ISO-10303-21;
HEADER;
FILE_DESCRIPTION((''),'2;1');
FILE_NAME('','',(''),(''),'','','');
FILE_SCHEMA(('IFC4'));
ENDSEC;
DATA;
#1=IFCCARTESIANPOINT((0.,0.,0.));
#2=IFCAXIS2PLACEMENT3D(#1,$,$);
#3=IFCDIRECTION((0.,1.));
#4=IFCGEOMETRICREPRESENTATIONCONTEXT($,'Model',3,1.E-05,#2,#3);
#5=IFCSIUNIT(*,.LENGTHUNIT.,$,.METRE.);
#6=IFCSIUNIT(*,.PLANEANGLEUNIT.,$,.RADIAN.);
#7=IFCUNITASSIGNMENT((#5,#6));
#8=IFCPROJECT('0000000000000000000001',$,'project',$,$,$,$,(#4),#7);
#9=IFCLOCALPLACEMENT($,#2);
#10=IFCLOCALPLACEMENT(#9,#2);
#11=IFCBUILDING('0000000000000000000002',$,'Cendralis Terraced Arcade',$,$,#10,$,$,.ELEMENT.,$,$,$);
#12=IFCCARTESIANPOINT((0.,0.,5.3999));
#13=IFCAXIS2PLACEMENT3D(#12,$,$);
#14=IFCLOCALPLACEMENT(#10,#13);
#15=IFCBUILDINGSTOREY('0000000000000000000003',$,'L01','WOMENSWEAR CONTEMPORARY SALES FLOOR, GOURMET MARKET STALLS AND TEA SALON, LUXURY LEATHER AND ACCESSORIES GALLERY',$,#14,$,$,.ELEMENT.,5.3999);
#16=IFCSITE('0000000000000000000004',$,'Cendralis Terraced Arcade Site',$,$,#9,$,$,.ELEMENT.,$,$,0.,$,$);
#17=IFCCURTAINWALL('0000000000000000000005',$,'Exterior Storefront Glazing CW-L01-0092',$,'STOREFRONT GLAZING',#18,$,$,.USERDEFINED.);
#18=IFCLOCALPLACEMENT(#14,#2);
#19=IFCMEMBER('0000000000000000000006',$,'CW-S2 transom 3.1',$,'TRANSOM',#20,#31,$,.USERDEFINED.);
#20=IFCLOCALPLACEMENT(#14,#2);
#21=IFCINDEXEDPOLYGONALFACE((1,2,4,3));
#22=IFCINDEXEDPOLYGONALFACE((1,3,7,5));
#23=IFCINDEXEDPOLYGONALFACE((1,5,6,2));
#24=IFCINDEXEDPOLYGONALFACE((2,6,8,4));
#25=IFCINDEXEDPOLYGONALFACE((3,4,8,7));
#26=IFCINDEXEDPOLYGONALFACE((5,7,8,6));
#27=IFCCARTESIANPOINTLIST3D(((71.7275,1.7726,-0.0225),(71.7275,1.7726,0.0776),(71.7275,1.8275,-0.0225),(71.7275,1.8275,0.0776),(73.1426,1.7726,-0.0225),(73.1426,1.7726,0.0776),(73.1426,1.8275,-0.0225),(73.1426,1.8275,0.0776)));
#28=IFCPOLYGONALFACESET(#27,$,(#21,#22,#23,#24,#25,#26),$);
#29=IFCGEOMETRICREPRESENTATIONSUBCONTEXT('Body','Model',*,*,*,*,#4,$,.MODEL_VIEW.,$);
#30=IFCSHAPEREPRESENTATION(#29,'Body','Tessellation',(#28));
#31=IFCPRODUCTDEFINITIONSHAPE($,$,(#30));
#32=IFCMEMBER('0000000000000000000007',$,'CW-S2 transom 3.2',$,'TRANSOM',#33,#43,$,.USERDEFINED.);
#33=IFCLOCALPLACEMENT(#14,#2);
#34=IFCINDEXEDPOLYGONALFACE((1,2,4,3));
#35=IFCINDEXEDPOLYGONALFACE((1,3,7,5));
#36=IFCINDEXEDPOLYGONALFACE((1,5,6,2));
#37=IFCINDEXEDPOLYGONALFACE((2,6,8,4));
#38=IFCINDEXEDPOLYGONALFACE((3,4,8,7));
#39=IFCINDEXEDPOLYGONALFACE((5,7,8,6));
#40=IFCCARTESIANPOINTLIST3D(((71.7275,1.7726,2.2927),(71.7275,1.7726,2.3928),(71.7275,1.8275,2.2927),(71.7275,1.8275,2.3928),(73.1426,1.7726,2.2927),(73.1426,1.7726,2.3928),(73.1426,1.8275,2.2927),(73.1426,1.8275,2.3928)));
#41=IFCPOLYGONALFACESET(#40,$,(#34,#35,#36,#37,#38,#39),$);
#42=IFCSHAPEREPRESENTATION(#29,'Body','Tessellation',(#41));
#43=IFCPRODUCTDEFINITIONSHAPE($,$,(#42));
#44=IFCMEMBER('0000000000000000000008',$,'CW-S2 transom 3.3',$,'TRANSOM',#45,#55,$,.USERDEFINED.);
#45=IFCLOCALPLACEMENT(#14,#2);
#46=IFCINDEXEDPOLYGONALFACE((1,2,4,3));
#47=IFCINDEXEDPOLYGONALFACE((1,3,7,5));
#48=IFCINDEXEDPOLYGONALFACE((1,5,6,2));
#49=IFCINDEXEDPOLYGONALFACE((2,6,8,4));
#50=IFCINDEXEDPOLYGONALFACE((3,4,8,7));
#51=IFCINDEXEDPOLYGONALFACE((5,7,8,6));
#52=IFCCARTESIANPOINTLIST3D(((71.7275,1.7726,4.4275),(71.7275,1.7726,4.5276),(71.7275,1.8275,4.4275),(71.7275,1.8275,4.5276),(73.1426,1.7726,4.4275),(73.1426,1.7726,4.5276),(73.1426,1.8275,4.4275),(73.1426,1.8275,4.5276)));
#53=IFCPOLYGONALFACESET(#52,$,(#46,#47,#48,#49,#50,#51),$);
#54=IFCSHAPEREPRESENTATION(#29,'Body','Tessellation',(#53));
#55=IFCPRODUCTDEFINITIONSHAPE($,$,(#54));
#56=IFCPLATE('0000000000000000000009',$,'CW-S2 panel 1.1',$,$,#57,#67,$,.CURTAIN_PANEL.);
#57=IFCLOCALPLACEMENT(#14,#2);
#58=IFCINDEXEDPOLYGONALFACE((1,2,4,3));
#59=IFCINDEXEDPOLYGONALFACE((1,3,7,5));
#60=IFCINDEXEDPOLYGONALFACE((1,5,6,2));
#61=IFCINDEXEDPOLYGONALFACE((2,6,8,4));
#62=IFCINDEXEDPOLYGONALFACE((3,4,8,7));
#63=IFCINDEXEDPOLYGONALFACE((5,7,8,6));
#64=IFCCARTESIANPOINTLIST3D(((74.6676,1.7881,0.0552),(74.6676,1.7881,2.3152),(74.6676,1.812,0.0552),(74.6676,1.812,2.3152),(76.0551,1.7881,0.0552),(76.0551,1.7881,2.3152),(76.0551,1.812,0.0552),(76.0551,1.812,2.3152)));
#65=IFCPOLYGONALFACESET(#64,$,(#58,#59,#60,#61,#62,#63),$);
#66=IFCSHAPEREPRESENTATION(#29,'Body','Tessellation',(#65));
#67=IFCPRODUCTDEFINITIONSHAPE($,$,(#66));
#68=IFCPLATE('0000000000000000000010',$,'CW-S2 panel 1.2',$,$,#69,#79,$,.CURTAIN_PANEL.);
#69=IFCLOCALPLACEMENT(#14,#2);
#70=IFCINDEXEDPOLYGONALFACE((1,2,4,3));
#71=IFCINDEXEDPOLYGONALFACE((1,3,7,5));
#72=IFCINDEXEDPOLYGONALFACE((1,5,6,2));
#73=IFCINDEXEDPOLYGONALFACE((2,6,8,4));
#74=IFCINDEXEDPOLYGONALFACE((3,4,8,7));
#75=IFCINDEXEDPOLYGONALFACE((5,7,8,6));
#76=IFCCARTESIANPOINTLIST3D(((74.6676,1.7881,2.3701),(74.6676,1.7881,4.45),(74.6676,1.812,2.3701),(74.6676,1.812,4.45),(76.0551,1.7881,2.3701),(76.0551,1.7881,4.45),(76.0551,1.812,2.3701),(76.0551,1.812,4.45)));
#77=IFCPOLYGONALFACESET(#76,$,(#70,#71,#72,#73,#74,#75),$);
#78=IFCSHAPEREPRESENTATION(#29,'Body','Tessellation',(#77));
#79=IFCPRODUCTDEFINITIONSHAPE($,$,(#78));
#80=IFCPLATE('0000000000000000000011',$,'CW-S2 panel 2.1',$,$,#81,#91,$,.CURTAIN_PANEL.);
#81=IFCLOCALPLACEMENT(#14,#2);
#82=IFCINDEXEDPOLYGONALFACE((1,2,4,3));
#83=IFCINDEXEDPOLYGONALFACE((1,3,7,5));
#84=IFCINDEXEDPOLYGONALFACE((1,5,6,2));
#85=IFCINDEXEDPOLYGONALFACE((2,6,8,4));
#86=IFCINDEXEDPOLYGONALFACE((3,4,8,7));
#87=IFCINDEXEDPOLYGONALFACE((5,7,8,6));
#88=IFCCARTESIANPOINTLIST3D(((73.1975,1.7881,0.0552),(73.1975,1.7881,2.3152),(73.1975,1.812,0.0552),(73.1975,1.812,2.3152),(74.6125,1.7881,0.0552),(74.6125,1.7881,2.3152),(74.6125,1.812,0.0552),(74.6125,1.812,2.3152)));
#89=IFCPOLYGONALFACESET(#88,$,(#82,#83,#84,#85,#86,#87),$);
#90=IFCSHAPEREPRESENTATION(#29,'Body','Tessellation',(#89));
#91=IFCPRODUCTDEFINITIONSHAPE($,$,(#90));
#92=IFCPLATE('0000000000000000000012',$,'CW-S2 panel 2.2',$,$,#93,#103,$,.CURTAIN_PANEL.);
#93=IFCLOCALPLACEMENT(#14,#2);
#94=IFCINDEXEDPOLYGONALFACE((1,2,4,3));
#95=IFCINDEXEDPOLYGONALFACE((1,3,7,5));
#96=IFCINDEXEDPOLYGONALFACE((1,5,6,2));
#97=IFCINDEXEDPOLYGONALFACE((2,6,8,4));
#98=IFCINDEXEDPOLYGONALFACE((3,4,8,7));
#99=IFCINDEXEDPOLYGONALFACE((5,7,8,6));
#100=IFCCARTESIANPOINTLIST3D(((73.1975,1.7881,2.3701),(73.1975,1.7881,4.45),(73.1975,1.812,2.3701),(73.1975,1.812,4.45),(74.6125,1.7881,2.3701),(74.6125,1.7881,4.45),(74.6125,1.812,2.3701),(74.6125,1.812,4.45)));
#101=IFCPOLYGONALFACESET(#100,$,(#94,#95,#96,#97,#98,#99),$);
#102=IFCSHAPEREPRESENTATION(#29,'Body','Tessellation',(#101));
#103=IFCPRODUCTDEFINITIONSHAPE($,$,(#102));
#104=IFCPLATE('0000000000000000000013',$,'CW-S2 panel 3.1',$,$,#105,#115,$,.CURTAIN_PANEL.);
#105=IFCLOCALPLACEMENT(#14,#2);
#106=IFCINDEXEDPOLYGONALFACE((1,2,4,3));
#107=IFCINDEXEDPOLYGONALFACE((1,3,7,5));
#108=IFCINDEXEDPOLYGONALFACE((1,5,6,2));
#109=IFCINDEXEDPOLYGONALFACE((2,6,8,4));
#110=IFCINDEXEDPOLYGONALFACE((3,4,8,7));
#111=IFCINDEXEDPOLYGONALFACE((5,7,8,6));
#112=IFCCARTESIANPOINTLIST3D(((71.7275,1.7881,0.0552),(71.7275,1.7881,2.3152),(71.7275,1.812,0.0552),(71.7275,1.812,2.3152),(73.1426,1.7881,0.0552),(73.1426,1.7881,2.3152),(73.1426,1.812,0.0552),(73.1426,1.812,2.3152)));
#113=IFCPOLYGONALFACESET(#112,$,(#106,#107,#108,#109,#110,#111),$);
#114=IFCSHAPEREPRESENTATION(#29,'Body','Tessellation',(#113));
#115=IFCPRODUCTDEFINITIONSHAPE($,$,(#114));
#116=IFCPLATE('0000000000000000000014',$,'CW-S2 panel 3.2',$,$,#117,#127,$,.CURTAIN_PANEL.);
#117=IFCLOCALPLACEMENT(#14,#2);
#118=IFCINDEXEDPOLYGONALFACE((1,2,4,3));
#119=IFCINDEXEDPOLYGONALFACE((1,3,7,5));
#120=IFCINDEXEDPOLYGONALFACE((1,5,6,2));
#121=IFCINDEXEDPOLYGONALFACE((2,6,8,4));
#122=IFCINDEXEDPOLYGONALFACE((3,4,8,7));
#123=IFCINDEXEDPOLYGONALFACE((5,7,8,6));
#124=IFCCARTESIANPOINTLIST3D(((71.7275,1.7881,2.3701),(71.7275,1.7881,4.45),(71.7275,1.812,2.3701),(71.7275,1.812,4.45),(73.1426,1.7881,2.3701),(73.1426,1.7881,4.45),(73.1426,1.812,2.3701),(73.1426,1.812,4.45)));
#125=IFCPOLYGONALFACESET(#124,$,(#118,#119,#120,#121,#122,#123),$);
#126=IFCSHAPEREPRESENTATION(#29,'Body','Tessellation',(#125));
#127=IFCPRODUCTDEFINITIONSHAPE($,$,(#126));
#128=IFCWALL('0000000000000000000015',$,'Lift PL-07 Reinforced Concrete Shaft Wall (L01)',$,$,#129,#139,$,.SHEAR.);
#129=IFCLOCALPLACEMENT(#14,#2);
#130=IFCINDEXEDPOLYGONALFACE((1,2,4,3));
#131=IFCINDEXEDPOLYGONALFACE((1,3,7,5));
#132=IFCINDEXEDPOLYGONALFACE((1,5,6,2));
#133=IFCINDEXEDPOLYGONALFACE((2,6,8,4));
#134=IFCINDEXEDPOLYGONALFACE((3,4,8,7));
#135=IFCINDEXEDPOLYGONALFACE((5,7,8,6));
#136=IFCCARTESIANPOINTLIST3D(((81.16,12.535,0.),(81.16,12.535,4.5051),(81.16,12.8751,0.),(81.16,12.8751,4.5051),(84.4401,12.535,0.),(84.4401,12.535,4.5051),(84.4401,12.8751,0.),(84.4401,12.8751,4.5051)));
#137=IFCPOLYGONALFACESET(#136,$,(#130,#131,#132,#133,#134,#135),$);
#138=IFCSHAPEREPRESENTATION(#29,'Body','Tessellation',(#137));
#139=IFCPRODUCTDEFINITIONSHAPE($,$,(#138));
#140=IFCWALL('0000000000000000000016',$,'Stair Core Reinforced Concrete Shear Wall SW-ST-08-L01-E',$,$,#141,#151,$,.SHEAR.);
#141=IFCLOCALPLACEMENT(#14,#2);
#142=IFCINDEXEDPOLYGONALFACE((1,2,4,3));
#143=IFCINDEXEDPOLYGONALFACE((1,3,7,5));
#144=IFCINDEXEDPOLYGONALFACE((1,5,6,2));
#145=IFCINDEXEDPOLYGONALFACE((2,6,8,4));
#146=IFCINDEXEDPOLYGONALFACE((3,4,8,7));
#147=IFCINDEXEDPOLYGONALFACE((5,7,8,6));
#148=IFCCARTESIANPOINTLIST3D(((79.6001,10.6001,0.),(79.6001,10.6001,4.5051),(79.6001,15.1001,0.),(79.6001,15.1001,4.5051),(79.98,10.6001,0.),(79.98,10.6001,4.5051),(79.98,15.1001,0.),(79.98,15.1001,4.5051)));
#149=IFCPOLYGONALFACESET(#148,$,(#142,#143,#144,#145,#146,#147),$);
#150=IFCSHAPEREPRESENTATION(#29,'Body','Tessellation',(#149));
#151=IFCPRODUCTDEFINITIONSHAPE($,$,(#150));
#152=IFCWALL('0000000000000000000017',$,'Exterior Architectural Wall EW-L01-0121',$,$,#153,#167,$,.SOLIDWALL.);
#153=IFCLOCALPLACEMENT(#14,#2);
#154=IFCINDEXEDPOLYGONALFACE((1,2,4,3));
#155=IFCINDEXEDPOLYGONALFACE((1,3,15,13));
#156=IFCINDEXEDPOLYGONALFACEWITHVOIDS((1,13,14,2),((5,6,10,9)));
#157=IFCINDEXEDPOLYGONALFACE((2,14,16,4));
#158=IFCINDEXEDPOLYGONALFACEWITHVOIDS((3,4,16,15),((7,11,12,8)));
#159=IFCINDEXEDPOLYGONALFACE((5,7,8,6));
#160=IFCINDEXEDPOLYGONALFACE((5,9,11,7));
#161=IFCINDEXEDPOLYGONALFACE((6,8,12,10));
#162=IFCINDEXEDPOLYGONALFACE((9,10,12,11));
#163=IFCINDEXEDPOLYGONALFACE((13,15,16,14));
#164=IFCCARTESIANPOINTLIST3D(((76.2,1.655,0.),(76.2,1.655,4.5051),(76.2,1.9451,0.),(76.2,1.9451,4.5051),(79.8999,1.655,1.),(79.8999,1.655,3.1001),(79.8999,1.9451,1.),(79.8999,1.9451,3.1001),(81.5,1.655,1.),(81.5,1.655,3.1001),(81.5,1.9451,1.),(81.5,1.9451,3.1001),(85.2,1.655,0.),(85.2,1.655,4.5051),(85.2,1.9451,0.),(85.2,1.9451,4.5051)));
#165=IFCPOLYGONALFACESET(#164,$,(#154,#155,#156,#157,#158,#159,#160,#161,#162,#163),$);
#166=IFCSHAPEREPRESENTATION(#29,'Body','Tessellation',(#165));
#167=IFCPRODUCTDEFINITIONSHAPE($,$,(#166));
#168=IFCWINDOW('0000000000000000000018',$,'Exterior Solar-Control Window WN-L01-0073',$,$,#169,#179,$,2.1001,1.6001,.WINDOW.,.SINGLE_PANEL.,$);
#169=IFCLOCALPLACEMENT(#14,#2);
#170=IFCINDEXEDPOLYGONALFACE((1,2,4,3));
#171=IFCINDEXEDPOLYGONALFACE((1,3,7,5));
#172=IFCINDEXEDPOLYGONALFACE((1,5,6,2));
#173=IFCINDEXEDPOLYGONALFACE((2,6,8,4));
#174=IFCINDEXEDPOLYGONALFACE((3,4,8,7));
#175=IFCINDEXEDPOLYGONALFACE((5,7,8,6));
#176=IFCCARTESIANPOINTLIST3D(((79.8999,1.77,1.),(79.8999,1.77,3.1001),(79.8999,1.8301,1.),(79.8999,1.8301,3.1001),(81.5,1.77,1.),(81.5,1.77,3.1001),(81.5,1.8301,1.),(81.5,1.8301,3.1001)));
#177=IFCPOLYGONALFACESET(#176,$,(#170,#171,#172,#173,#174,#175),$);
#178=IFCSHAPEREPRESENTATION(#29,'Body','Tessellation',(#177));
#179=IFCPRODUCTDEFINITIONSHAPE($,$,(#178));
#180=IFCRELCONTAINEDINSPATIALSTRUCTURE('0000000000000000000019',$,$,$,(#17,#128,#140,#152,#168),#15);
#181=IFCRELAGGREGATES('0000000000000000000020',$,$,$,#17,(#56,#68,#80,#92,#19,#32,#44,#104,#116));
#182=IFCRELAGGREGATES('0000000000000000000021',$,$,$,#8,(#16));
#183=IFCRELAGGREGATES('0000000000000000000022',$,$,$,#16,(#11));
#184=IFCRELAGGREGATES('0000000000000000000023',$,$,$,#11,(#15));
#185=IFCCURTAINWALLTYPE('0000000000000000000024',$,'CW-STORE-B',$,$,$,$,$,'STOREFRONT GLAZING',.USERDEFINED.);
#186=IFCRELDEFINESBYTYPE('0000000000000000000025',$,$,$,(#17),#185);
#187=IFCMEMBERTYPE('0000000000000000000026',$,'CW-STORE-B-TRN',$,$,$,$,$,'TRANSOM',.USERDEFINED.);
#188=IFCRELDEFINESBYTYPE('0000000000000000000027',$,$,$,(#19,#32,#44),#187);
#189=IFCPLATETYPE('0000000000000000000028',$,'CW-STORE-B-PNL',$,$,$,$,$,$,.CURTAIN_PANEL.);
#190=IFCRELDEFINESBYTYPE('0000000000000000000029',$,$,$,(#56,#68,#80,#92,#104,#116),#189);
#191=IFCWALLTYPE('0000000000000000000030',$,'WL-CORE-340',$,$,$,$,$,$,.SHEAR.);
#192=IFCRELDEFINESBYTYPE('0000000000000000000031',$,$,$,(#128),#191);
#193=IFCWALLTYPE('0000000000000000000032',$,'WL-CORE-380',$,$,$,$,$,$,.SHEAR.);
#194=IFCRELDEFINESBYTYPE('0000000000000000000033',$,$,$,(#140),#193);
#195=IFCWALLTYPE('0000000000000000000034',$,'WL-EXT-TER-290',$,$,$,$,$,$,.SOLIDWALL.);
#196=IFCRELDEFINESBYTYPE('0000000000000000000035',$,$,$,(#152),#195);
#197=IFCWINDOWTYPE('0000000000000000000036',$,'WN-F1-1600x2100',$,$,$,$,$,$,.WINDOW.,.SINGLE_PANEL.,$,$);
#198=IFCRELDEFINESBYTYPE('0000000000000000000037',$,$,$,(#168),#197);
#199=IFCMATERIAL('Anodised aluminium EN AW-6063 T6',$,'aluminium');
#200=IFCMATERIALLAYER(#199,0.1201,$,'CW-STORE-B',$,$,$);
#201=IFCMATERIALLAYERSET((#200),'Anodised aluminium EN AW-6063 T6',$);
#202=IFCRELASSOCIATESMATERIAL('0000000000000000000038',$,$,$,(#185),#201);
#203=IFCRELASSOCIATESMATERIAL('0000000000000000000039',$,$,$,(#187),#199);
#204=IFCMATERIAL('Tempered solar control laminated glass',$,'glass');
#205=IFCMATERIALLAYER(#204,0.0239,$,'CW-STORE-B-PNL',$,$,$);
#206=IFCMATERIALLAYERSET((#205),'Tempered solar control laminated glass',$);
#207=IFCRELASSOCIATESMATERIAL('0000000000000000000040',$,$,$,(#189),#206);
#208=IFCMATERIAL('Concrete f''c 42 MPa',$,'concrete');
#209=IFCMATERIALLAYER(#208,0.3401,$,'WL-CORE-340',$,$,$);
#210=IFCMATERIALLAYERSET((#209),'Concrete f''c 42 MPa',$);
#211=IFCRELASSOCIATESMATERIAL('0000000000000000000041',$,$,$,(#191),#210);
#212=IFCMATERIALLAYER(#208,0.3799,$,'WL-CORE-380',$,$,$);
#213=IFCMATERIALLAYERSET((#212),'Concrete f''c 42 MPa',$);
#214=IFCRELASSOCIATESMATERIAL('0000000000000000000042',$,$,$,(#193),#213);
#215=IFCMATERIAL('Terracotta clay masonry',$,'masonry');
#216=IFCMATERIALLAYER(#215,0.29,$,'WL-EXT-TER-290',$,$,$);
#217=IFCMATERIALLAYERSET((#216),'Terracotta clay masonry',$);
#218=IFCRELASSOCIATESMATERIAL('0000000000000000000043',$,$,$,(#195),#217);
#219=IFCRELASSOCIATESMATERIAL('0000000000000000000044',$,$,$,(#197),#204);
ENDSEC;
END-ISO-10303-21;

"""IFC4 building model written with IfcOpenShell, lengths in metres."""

from ifc_helpers import new_model, si_unit, direction, frame, frame_2d, origin, origin_2d, place, context, subcontext, project, spatial, rectangle, extrude, material, layer, layer_set, material_profile, profile_set, type_object, element, fill, aggregate, save


model = new_model("IFC4")

# Units and contexts
model_context = context("Model", 3, precision=1e-05, world=origin(), true_north=direction((0.0, 1.0)))
body_context = subcontext(model_context, "Body", "Model", "MODEL_VIEW")
ifc_project = project(units=[si_unit("LENGTHUNIT", "METRE"), si_unit("PLANEANGLEUNIT", "RADIAN")], contexts=[model_context])

# Site, building, storey
site_placement = place(None, origin())
site = spatial("IfcSite", under=ifc_project, at=site_placement, Name="Cendralis Terraced Arcade Site", CompositionType="ELEMENT", RefElevation=0.0)
building_placement = place(site_placement, origin())
building = spatial("IfcBuilding", under=site, at=building_placement, Name="Cendralis Terraced Arcade", CompositionType="ELEMENT")
storey_placement = place(building_placement, frame((0.0, 0.0, 5.3999)))
storey = spatial("IfcBuildingStorey", under=building, at=storey_placement, Name="L01", Description="WOMENSWEAR CONTEMPORARY SALES FLOOR, GOURMET MARKET STALLS AND TEA SALON, LUXURY LEATHER AND ACCESSORIES GALLERY", CompositionType="ELEMENT", Elevation=5.3999)

# Shared definitions
ifc_material_1 = material(Name="Concrete f'c 42 MPa", Category="concrete")

# Shared definitions
ifc_material_2 = material(Name="Anodised aluminium EN AW-6063 T6", Category="aluminium")
ifc_layer_1 = layer(ifc_material_2, 0.1201, Name="CW-STORE-B")
ifc_layer_set_1 = layer_set([ifc_layer_1], Name="Anodised aluminium EN AW-6063 T6")
curtain_wall_type = type_object("IfcCurtainWallType", Name="CW-STORE-B", ElementType="STOREFRONT GLAZING", PredefinedType="USERDEFINED", material=ifc_layer_set_1)

# Curtain wall, members, plates
curtain_wall_1_placement = place(storey_placement, origin())
curtain_wall_1 = element("IfcCurtainWall", 1, at=curtain_wall_1_placement, inside=storey, type_object=curtain_wall_type, Name="Exterior Storefront Glazing CW-L01-0092", ObjectType="STOREFRONT GLAZING", PredefinedType="USERDEFINED")
ifc_material_profile_1 = material_profile(ifc_material_2, rectangle(XDim=0.0549, YDim=0.1001, at=origin_2d()), Name="ALU-TRN-55x100")
ifc_profile_set_1 = profile_set([ifc_material_profile_1], Name="Anodised aluminium EN AW-6063 T6")
member_type_1 = type_object("IfcMemberType", Name="CW-STORE-B-TRN", ElementType="TRANSOM", PredefinedType="USERDEFINED", material=ifc_profile_set_1)
member_1_placement = place(storey_placement, frame((73.1426, 1.8, 0.0276), z_axis=(-1.0, 0.0, 0.0), x_axis=(0.0, -1.0, 0.0)))
member_1 = element("IfcMember", 2, at=member_1_placement, type_object=member_type_1, Name="CW-S2 transom 3.1", ObjectType="TRANSOM", PredefinedType="USERDEFINED", context=body_context, shape_type="SweptSolid", body=[
    extrude(rectangle(XDim=0.0549, YDim=0.1001, at=origin_2d()), origin(), (0.0, 0.0, 1.0), 1.415),
])
member_2_placement = place(storey_placement, frame((73.1426, 1.8, 2.3428), z_axis=(-1.0, 0.0, 0.0), x_axis=(0.0, -1.0, 0.0)))
member_2 = element("IfcMember", 3, at=member_2_placement, type_object=member_type_1, Name="CW-S2 transom 3.2", ObjectType="TRANSOM", PredefinedType="USERDEFINED", context=body_context, shape_type="SweptSolid", body=[
    extrude(rectangle(XDim=0.0549, YDim=0.1001, at=origin_2d()), origin(), (0.0, 0.0, 1.0), 1.415),
])
member_3_placement = place(storey_placement, frame((73.1426, 1.8, 4.4775), z_axis=(-1.0, 0.0, 0.0), x_axis=(0.0, -1.0, 0.0)))
member_3 = element("IfcMember", 4, at=member_3_placement, type_object=member_type_1, Name="CW-S2 transom 3.3", ObjectType="TRANSOM", PredefinedType="USERDEFINED", context=body_context, shape_type="SweptSolid", body=[
    extrude(rectangle(XDim=0.0549, YDim=0.1001, at=origin_2d()), origin(), (0.0, 0.0, 1.0), 1.415),
])
ifc_material_3 = material(Name="Tempered solar control laminated glass", Category="glass")
ifc_layer_2 = layer(ifc_material_3, 0.0239, Name="CW-STORE-B-PNL")
ifc_layer_set_2 = layer_set([ifc_layer_2], Name="Tempered solar control laminated glass")
plate_type = type_object("IfcPlateType", Name="CW-STORE-B-PNL", PredefinedType="CURTAIN_PANEL", material=ifc_layer_set_2)
plate_1_placement = place(storey_placement, frame((75.3613, 1.8, 0.0552), z_axis=(0.0, 0.0, 1.0), x_axis=(-1.0, 0.0, 0.0)))
plate_1 = element("IfcPlate", 5, at=plate_1_placement, type_object=plate_type, Name="CW-S2 panel 1.1", PredefinedType="CURTAIN_PANEL", context=body_context, shape_type="SweptSolid", body=[
    extrude(rectangle(XDim=1.3875, YDim=0.0239, at=origin_2d()), origin(), (0.0, 0.0, 1.0), 2.26),
])
plate_2_placement = place(storey_placement, frame((75.3613, 1.8, 2.3701), z_axis=(0.0, 0.0, 1.0), x_axis=(-1.0, 0.0, 0.0)))
plate_2 = element("IfcPlate", 6, at=plate_2_placement, type_object=plate_type, Name="CW-S2 panel 1.2", PredefinedType="CURTAIN_PANEL", context=body_context, shape_type="SweptSolid", body=[
    extrude(rectangle(XDim=1.3875, YDim=0.0239, at=origin_2d()), origin(), (0.0, 0.0, 1.0), 2.0798),
])
plate_3_placement = place(storey_placement, frame((73.905, 1.8, 0.0552), z_axis=(0.0, 0.0, 1.0), x_axis=(-1.0, 0.0, 0.0)))
plate_3 = element("IfcPlate", 7, at=plate_3_placement, type_object=plate_type, Name="CW-S2 panel 2.1", PredefinedType="CURTAIN_PANEL", context=body_context, shape_type="SweptSolid", body=[
    extrude(rectangle(XDim=1.415, YDim=0.0239, at=origin_2d()), origin(), (0.0, 0.0, 1.0), 2.26),
])
plate_4_placement = place(storey_placement, frame((73.905, 1.8, 2.3701), z_axis=(0.0, 0.0, 1.0), x_axis=(-1.0, 0.0, 0.0)))
plate_4 = element("IfcPlate", 8, at=plate_4_placement, type_object=plate_type, Name="CW-S2 panel 2.2", PredefinedType="CURTAIN_PANEL", context=body_context, shape_type="SweptSolid", body=[
    extrude(rectangle(XDim=1.415, YDim=0.0239, at=origin_2d()), origin(), (0.0, 0.0, 1.0), 2.0798),
])
plate_5_placement = place(storey_placement, frame((72.4351, 1.8, 0.0552), z_axis=(0.0, 0.0, 1.0), x_axis=(-1.0, 0.0, 0.0)))
plate_5 = element("IfcPlate", 9, at=plate_5_placement, type_object=plate_type, Name="CW-S2 panel 3.1", PredefinedType="CURTAIN_PANEL", context=body_context, shape_type="SweptSolid", body=[
    extrude(rectangle(XDim=1.415, YDim=0.0239, at=origin_2d()), origin(), (0.0, 0.0, 1.0), 2.26),
])
plate_6_placement = place(storey_placement, frame((72.4351, 1.8, 2.3701), z_axis=(0.0, 0.0, 1.0), x_axis=(-1.0, 0.0, 0.0)))
plate_6 = element("IfcPlate", 10, at=plate_6_placement, type_object=plate_type, Name="CW-S2 panel 3.2", PredefinedType="CURTAIN_PANEL", context=body_context, shape_type="SweptSolid", body=[
    extrude(rectangle(XDim=1.415, YDim=0.0239, at=origin_2d()), origin(), (0.0, 0.0, 1.0), 2.0798),
])
aggregate(curtain_wall_1, [plate_1, plate_2, plate_3, plate_4, member_1, member_2, member_3, plate_5, plate_6])

# Walls
ifc_layer_3 = layer(ifc_material_1, 0.3401, Name="WL-CORE-340")
ifc_layer_set_3 = layer_set([ifc_layer_3], Name="Concrete f'c 42 MPa")
wall_type_1 = type_object("IfcWallType", Name="WL-CORE-340", PredefinedType="SHEAR", material=ifc_layer_set_3)
wall_1_placement = place(storey_placement, frame((81.1599, 12.7051, 0.0), z_axis=(0.0, 0.0, 1.0), x_axis=(1.0, 0.0, 0.0)))
element("IfcWall", 11, at=wall_1_placement, inside=storey, type_object=wall_type_1, Name="Lift PL-07 Reinforced Concrete Shaft Wall (L01)", PredefinedType="SHEAR", context=body_context, shape_type="SweptSolid", body=[
    extrude(rectangle(XDim=3.28, YDim=0.3401, at=frame_2d((1.6401, 0.0))), origin(), (0.0, 0.0, 1.0), 4.5051),
])
ifc_layer_4 = layer(ifc_material_1, 0.3799, Name="WL-CORE-380")
ifc_layer_set_4 = layer_set([ifc_layer_4], Name="Concrete f'c 42 MPa")
wall_type_2 = type_object("IfcWallType", Name="WL-CORE-380", PredefinedType="SHEAR", material=ifc_layer_set_4)
wall_2_placement = place(storey_placement, frame((79.79, 10.6001, 0.0), z_axis=(0.0, 0.0, 1.0), x_axis=(0.0, 1.0, 0.0)))
element("IfcWall", 12, at=wall_2_placement, inside=storey, type_object=wall_type_2, Name="Stair Core Reinforced Concrete Shear Wall SW-ST-08-L01-E", PredefinedType="SHEAR", context=body_context, shape_type="SweptSolid", body=[
    extrude(rectangle(XDim=4.5, YDim=0.3799, at=frame_2d((2.25, 0.0))), origin(), (0.0, 0.0, 1.0), 4.5051),
])

# Wall, opening, window
ifc_material_4 = material(Name="Terracotta clay masonry", Category="masonry")
ifc_layer_5 = layer(ifc_material_4, 0.29, Name="WL-EXT-TER-290")
ifc_layer_set_5 = layer_set([ifc_layer_5], Name="Terracotta clay masonry")
wall_type_3 = type_object("IfcWallType", Name="WL-EXT-TER-290", PredefinedType="SOLIDWALL", material=ifc_layer_set_5)
wall_3_placement = place(storey_placement, frame((85.2, 1.8, 0.0), z_axis=(0.0, 0.0, 1.0), x_axis=(-1.0, 0.0, 0.0)))
wall_3 = element("IfcWall", 13, at=wall_3_placement, inside=storey, type_object=wall_type_3, Name="Exterior Architectural Wall EW-L01-0121", PredefinedType="SOLIDWALL", context=body_context, shape_type="SweptSolid", body=[
    extrude(rectangle(XDim=9.0, YDim=0.29, at=frame_2d((4.5, 0.0))), origin(), (0.0, 0.0, 1.0), 4.5051),
])
opening_placement = place(wall_3_placement, frame((3.7, 0.0, 1.0)))
opening = element("IfcOpeningElement", 14, at=opening_placement, cuts=wall_3, PredefinedType="OPENING", context=body_context, shape_type="SweptSolid", body=[
    extrude(rectangle(XDim=1.6001, YDim=2.1001, at=frame_2d((0.8, 1.05))), frame((0.0, 0.157, 0.0), z_axis=(0.0, -1.0, 0.0), x_axis=(1.0, 0.0, 0.0)), (0.0, 0.0, 1.0), 0.314),
])
window_type = type_object("IfcWindowType", Name="WN-F1-1600x2100", PartitioningType="SINGLE_PANEL", PredefinedType="WINDOW", material=ifc_material_3)
window_placement = place(opening_placement, origin())
window = element("IfcWindow", 15, at=window_placement, inside=storey, type_object=window_type, Name="Exterior Solar-Control Window WN-L01-0073", OverallHeight=2.1001, OverallWidth=1.6001, PartitioningType="SINGLE_PANEL", PredefinedType="WINDOW", context=body_context, shape_type="SweptSolid", body=[
    extrude(rectangle(XDim=1.6001, YDim=2.1001, at=frame_2d((0.8, 1.05))), frame((0.0, 0.03, 0.0), z_axis=(0.0, -1.0, 0.0), x_axis=(1.0, 0.0, 0.0)), (0.0, 0.0, 1.0), 0.0601),
])
fill(opening, window)

save(model, "model.ifc")
